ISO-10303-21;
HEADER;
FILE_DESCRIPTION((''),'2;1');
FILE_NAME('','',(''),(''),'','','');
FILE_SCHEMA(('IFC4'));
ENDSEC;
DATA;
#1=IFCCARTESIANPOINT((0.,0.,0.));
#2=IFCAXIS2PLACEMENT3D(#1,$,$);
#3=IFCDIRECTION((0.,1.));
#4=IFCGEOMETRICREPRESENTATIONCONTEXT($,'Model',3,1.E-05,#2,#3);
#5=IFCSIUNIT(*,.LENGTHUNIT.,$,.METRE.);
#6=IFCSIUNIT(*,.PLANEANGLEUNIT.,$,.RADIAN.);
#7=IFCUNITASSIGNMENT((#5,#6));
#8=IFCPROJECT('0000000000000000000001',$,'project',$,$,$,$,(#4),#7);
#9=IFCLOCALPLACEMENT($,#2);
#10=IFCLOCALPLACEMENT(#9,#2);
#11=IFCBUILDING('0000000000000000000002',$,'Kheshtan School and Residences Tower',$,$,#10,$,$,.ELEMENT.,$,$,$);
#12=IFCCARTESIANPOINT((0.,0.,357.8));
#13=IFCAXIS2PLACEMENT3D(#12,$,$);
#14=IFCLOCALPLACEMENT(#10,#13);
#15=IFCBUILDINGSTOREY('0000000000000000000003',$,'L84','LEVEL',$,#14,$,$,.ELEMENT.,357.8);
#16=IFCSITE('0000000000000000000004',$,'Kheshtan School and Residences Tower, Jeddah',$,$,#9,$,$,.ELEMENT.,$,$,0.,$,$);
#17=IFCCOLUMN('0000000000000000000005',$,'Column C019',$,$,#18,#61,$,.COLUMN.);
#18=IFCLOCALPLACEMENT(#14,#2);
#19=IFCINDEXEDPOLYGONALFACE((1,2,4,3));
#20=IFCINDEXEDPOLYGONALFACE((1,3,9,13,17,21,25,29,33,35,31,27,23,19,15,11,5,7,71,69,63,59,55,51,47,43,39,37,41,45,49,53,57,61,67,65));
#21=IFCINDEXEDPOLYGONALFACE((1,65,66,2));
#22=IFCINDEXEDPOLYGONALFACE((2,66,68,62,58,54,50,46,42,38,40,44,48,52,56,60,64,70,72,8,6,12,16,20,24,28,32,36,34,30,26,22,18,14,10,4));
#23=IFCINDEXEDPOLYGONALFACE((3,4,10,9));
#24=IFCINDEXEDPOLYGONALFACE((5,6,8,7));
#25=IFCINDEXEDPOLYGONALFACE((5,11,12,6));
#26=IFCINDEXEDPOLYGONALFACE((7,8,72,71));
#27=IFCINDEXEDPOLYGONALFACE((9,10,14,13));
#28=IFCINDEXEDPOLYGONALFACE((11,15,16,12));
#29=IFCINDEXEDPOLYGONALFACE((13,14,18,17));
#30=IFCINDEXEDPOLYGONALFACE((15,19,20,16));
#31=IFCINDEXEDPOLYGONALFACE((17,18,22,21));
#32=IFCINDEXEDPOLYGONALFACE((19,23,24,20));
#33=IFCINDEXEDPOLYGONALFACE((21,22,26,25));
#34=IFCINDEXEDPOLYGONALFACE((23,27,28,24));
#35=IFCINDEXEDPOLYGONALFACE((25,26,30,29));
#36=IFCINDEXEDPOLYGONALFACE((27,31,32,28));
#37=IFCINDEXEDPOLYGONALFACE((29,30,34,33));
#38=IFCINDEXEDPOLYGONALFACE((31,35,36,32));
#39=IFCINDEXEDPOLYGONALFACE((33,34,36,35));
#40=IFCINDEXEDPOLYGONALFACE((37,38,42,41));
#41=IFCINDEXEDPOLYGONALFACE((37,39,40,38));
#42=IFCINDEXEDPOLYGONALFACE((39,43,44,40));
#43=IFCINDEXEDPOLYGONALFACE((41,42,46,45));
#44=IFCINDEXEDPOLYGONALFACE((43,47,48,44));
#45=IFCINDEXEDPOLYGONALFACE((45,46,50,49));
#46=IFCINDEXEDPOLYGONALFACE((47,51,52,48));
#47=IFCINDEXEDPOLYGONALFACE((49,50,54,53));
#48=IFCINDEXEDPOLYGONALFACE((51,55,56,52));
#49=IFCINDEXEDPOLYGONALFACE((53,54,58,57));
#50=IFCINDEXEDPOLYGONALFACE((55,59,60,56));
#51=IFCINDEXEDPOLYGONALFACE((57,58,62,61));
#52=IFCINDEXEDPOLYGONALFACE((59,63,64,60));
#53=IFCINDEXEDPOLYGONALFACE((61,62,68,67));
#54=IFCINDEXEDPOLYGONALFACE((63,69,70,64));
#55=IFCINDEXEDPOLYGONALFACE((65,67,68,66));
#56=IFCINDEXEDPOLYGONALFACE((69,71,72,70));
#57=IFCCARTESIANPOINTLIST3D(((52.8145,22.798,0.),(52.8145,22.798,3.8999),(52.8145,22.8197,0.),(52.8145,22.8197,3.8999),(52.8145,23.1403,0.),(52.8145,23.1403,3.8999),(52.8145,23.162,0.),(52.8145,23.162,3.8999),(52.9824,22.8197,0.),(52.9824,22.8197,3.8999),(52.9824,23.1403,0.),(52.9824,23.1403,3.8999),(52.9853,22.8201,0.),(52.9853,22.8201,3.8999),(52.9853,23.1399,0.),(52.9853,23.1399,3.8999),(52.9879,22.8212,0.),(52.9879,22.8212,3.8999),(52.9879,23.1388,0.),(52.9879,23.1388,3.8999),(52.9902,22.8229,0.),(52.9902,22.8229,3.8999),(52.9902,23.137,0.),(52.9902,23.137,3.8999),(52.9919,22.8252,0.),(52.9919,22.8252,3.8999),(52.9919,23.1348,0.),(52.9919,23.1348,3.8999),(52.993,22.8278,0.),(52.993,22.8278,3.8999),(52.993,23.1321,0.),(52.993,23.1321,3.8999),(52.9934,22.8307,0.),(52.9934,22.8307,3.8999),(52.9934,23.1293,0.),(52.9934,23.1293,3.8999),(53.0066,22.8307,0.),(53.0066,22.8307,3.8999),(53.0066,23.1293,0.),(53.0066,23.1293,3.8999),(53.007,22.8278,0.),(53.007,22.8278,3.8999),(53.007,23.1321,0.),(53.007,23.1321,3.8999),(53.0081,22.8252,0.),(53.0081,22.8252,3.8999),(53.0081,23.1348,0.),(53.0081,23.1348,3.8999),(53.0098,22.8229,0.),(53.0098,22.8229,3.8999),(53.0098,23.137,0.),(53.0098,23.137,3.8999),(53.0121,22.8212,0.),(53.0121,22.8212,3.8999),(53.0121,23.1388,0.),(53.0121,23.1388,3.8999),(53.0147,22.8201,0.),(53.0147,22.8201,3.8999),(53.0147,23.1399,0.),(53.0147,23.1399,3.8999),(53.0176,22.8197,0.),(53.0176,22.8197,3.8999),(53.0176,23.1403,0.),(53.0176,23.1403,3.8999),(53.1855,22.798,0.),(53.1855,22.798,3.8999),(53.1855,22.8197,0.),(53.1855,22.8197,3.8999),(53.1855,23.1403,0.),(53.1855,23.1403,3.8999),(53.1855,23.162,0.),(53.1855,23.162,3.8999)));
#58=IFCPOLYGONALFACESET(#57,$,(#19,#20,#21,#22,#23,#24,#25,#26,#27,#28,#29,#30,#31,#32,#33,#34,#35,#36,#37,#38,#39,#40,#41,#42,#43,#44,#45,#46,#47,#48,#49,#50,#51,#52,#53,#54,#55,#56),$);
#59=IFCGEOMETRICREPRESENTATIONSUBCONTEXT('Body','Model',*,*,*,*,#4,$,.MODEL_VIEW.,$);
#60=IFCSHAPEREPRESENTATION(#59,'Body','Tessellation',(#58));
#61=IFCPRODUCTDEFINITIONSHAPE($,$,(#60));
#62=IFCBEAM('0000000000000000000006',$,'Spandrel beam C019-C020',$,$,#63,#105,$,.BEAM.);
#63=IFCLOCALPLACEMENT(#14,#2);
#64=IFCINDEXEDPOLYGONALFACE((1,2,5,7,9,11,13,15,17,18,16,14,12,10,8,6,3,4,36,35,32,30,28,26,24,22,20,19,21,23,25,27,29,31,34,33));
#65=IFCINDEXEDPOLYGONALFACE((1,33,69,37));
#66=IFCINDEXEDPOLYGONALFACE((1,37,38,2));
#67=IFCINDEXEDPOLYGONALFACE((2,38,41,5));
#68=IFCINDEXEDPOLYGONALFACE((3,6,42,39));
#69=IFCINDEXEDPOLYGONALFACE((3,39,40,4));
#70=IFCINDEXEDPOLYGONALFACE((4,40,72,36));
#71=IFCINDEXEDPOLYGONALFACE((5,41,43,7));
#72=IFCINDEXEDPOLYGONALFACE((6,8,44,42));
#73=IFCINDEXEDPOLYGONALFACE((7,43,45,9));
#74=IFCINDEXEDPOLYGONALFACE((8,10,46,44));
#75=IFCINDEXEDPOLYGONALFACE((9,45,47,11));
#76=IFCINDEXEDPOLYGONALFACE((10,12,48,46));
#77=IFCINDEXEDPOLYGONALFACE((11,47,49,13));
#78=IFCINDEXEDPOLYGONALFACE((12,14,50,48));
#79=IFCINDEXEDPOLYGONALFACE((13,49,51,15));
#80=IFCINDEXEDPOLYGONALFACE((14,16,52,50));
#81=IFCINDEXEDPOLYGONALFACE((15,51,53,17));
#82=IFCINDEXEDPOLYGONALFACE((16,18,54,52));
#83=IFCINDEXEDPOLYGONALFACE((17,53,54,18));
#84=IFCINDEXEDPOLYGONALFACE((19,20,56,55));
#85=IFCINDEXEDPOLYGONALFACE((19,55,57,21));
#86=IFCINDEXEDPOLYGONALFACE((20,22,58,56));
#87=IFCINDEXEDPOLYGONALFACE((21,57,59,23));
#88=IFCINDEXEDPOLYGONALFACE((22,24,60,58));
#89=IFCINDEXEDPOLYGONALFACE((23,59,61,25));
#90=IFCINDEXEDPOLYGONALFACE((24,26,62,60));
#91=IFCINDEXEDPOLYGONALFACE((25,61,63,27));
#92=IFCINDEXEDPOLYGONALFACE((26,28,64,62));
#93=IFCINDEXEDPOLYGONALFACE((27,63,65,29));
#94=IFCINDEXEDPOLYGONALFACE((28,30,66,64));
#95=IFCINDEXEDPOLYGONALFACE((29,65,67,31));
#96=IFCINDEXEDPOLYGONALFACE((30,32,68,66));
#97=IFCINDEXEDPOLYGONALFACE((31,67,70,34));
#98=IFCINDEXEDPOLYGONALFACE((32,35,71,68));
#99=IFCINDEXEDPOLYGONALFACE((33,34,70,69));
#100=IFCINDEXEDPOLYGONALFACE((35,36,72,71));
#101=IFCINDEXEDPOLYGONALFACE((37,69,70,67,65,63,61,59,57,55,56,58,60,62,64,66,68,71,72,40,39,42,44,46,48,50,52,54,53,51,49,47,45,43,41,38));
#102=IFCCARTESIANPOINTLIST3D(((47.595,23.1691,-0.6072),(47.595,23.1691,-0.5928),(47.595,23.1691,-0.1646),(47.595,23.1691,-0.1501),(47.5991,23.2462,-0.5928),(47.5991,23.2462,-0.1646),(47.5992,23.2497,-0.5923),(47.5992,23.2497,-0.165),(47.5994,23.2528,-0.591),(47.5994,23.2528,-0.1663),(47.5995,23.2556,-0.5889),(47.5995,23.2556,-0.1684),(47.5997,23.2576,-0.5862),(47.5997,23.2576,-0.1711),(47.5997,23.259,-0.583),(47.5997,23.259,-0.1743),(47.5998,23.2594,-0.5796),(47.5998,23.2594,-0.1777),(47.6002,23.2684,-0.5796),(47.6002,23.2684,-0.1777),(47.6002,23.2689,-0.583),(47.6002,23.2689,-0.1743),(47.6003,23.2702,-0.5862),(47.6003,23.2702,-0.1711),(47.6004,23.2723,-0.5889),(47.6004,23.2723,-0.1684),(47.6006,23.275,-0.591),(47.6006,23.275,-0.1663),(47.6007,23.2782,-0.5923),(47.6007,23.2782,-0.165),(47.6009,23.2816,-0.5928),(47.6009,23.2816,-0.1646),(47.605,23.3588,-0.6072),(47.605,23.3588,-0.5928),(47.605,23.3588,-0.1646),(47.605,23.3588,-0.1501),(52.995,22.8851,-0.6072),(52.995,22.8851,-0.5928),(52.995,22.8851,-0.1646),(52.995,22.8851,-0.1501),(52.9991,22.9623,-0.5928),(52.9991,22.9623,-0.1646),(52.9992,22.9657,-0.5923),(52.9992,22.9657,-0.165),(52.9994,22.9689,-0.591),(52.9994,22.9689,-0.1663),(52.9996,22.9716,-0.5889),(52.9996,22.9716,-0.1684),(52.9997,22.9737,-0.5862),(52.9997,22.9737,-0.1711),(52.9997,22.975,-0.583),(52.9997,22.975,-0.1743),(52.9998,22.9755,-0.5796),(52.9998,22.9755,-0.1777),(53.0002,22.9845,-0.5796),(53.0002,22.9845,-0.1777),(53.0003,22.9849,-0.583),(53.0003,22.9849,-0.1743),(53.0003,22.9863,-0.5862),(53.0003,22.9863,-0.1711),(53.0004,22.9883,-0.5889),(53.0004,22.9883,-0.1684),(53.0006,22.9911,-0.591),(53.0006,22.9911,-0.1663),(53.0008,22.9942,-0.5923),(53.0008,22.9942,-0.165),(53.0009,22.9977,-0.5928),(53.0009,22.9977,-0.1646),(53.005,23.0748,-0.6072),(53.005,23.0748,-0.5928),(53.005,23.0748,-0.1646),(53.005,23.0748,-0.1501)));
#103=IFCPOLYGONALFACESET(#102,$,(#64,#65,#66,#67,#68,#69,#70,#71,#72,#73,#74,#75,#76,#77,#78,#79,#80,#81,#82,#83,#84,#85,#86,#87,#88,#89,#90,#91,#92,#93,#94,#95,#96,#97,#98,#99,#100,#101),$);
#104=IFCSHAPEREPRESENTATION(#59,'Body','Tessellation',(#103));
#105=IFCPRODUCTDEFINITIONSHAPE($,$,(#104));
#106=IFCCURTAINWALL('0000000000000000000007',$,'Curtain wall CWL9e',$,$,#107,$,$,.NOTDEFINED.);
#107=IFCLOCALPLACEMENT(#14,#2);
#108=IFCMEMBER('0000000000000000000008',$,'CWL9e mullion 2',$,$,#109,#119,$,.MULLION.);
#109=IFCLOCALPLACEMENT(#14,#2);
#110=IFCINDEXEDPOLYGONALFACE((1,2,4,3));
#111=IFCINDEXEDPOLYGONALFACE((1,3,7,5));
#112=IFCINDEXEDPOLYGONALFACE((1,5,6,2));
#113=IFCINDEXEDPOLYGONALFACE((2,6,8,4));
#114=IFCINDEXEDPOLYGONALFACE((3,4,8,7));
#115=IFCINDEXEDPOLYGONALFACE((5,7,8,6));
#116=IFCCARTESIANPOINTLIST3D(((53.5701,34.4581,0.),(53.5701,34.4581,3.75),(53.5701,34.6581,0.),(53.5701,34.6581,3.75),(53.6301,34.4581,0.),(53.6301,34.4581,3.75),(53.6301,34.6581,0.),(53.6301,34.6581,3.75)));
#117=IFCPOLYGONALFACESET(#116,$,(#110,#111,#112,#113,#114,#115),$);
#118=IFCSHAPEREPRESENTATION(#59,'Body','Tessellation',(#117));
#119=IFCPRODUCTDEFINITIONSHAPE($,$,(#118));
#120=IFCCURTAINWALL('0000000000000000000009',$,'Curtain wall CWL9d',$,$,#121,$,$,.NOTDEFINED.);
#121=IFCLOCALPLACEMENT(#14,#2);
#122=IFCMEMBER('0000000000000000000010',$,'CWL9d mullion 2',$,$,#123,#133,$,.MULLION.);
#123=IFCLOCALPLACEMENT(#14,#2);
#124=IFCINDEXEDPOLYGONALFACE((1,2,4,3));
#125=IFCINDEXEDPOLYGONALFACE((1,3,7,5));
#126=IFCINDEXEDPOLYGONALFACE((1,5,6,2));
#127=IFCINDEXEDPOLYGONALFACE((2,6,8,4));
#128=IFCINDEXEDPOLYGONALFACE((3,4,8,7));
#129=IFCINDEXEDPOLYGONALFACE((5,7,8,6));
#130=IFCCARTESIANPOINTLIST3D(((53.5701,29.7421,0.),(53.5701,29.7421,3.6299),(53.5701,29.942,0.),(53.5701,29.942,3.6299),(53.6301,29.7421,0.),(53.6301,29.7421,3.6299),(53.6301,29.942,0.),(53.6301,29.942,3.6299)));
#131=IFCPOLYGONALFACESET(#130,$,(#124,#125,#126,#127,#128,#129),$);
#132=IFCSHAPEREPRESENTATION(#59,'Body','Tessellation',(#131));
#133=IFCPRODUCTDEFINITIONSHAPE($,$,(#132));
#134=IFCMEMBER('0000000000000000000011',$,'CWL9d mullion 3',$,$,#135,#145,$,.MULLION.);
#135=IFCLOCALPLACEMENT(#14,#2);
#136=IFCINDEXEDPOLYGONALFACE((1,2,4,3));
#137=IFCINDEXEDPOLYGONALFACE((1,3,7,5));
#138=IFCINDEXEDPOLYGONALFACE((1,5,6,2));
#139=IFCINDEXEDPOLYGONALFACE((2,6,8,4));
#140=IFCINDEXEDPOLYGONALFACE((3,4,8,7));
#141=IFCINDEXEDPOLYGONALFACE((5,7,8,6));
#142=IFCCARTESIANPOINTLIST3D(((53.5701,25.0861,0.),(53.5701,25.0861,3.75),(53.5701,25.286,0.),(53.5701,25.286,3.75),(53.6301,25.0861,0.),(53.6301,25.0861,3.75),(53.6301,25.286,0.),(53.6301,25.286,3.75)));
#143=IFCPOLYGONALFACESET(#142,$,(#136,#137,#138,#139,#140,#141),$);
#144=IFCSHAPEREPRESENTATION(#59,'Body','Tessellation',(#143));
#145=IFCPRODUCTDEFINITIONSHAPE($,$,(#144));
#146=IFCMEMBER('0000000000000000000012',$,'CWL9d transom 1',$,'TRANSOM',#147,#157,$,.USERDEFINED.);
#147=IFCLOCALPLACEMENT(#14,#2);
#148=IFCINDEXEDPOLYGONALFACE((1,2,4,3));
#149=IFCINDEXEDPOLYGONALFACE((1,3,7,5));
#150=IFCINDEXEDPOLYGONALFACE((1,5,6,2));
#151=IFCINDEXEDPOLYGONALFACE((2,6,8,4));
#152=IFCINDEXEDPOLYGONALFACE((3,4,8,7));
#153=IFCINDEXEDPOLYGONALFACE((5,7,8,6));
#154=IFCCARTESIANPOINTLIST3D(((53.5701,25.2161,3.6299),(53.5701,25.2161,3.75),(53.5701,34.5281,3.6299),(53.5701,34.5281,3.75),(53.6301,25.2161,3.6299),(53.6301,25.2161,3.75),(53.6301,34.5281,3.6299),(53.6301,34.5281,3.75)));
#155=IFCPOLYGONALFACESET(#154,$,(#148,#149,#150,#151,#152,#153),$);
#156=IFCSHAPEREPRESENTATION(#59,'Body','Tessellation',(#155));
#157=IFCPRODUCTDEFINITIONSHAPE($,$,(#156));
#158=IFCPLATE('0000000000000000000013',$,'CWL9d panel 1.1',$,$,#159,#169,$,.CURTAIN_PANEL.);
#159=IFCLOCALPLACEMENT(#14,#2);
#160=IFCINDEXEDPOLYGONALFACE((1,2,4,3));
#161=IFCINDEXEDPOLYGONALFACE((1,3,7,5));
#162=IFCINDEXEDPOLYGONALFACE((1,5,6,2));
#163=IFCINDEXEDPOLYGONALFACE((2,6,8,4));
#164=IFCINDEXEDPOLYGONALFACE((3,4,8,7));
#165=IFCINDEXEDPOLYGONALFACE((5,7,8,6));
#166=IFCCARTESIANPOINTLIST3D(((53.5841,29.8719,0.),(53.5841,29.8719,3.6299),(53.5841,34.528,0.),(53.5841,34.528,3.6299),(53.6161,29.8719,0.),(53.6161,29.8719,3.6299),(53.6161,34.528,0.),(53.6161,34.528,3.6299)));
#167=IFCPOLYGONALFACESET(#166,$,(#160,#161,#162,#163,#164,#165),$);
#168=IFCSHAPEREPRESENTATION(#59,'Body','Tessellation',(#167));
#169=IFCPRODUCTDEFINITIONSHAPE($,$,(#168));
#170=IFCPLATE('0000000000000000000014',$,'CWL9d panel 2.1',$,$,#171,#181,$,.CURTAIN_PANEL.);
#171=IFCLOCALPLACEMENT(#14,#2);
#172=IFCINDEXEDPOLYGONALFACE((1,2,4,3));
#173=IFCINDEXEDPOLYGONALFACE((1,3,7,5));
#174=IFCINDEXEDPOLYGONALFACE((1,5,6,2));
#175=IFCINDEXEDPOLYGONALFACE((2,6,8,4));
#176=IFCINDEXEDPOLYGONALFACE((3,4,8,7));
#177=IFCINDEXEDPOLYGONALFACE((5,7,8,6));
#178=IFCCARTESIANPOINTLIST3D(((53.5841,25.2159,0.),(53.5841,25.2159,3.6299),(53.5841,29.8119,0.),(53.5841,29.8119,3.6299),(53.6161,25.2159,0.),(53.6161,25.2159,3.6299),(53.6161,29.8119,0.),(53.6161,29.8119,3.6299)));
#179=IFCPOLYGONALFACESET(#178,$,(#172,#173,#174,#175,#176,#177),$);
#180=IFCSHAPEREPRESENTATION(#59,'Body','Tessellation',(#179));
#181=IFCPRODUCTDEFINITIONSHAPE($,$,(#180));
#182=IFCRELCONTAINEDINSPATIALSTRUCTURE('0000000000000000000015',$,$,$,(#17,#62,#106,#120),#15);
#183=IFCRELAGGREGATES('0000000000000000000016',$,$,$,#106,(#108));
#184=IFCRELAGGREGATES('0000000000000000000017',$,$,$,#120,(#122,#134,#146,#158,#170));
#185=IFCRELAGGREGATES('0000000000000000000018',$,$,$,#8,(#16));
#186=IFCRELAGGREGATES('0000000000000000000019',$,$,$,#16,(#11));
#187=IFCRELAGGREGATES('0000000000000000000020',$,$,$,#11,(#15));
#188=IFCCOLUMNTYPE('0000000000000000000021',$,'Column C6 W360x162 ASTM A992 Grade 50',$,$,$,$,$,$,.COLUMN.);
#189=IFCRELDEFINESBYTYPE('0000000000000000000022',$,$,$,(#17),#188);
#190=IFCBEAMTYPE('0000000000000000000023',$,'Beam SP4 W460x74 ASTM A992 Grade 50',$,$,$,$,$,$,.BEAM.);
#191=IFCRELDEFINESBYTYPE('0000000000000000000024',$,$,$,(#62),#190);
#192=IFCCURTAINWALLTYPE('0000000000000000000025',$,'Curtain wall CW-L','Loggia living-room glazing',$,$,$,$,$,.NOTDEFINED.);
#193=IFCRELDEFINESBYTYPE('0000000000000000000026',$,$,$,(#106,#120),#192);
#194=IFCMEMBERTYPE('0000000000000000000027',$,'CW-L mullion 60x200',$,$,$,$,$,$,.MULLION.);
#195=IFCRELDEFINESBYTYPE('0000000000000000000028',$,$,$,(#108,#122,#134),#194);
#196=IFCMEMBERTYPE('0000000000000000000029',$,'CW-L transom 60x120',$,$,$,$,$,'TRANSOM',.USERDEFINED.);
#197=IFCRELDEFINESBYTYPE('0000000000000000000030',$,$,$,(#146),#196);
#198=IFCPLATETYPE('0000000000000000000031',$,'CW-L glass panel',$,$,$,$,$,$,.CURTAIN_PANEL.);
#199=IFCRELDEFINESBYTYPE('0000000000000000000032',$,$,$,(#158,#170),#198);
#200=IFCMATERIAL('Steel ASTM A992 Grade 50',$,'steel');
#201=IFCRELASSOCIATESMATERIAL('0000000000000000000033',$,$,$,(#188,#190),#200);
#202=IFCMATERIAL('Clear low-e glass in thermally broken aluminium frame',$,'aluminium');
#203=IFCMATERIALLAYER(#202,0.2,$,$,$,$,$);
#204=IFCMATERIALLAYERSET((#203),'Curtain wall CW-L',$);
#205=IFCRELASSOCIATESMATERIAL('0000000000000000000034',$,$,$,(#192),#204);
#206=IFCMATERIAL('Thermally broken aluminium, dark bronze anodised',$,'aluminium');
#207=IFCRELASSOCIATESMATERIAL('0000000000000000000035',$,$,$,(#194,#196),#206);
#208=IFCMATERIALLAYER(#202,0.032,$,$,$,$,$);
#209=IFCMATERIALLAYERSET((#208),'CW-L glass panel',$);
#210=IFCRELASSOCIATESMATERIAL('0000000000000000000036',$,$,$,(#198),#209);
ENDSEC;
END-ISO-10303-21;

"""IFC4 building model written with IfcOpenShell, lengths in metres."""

from ifc_helpers import new_model, si_unit, direction, frame, origin, origin_2d, place, context, subcontext, project, spatial, rectangle, i_section, extrude, material, layer, layer_set, material_profile, profile_set, type_object, element, aggregate, save


model = new_model("IFC4")

# Units and contexts
model_context = context("Model", 3, precision=1e-05, world=origin(), true_north=direction((0.0, 1.0)))
body_context = subcontext(model_context, "Body", "Model", "MODEL_VIEW")
ifc_project = project(units=[si_unit("LENGTHUNIT", "METRE"), si_unit("PLANEANGLEUNIT", "RADIAN")], contexts=[model_context])

# Site, building, storey
site_placement = place(None, origin())
site = spatial("IfcSite", under=ifc_project, at=site_placement, Name="Kheshtan School and Residences Tower, Jeddah", CompositionType="ELEMENT", RefElevation=0.0)
building_placement = place(site_placement, origin())
building = spatial("IfcBuilding", under=site, at=building_placement, Name="Kheshtan School and Residences Tower", CompositionType="ELEMENT")
storey_placement = place(building_placement, frame((0.0, 0.0, 357.8)))
storey = spatial("IfcBuildingStorey", under=building, at=storey_placement, Name="L84", Description="LEVEL", CompositionType="ELEMENT", Elevation=357.8)

# Column
ifc_material_1 = material(Name="Steel ASTM A992 Grade 50", Category="steel")
ifc_material_profile_1 = material_profile(ifc_material_1, i_section(OverallWidth=0.3711, OverallDepth=0.364, WebThickness=0.0132, FlangeThickness=0.0217, FilletRadius=0.011, at=origin_2d()), Name="W360x162")
ifc_profile_set_1 = profile_set([ifc_material_profile_1], Name="Steel ASTM A992 Grade 50")
column_type = type_object("IfcColumnType", Name="Column C6 W360x162 ASTM A992 Grade 50", PredefinedType="COLUMN", material=ifc_profile_set_1)
column_placement = place(storey_placement, frame((53.0, 22.98, 0.0), z_axis=(0.0, 0.0, 1.0), x_axis=(1.0, 0.0, 0.0)))
element("IfcColumn", 1, at=column_placement, inside=storey, type_object=column_type, Name="Column C019", PredefinedType="COLUMN", context=body_context, shape_type="SweptSolid", body=[
    extrude(i_section(OverallWidth=0.3711, OverallDepth=0.364, WebThickness=0.0132, FlangeThickness=0.0217, FilletRadius=0.011, at=origin_2d()), origin(), (0.0, 0.0, 1.0), 3.8999),
])

# Beam
ifc_material_profile_2 = material_profile(ifc_material_1, i_section(OverallWidth=0.1899, OverallDepth=0.457, WebThickness=0.009, FlangeThickness=0.0144, FilletRadius=0.0132, at=origin_2d()), Name="W460x74")
ifc_profile_set_2 = profile_set([ifc_material_profile_2], Name="Steel ASTM A992 Grade 50")
beam_type = type_object("IfcBeamType", Name="Beam SP4 W460x74 ASTM A992 Grade 50", PredefinedType="BEAM", material=ifc_profile_set_2)
beam_placement = place(storey_placement, frame((53.0, 22.98, -0.3787), z_axis=(-0.99862, 0.052509, 0.0), x_axis=(-0.052509, -0.99862, 0.0)))
element("IfcBeam", 2, at=beam_placement, inside=storey, type_object=beam_type, Name="Spandrel beam C019-C020", PredefinedType="BEAM", context=body_context, shape_type="SweptSolid", body=[
    extrude(i_section(OverallWidth=0.1899, OverallDepth=0.457, WebThickness=0.009, FlangeThickness=0.0144, FilletRadius=0.0132, at=origin_2d()), origin(), (0.0, 0.0, 1.0), 5.4075),
])

# Curtain wall, member
ifc_material_2 = material(Name="Clear low-e glass in thermally broken aluminium frame", Category="aluminium")
ifc_layer_1 = layer(ifc_material_2, 0.2)
ifc_layer_set_1 = layer_set([ifc_layer_1], Name="Curtain wall CW-L")
curtain_wall_type = type_object("IfcCurtainWallType", Name="Curtain wall CW-L", Description="Loggia living-room glazing", PredefinedType="NOTDEFINED", material=ifc_layer_set_1)
curtain_wall_1_placement = place(storey_placement, origin())
curtain_wall_1 = element("IfcCurtainWall", 3, at=curtain_wall_1_placement, inside=storey, type_object=curtain_wall_type, Name="Curtain wall CWL9e", PredefinedType="NOTDEFINED")
ifc_material_3 = material(Name="Thermally broken aluminium, dark bronze anodised", Category="aluminium")
ifc_material_profile_3 = material_profile(ifc_material_3, rectangle(XDim=0.0601, YDim=0.2, at=origin_2d()), Name="CW-L mullion 60x200")
ifc_profile_set_3 = profile_set([ifc_material_profile_3], Name="Thermally broken aluminium, dark bronze anodised")
member_type_1 = type_object("IfcMemberType", Name="CW-L mullion 60x200", PredefinedType="MULLION", material=ifc_profile_set_3)
member_1_placement = place(storey_placement, frame((53.6001, 34.5581, 0.0), z_axis=(0.0, 0.0, 1.0), x_axis=(1.0, 0.0, 0.0)))
member_1 = element("IfcMember", 4, at=member_1_placement, type_object=member_type_1, Name="CWL9e mullion 2", PredefinedType="MULLION", context=body_context, shape_type="SweptSolid", body=[
    extrude(rectangle(XDim=0.0601, YDim=0.2, at=origin_2d()), origin(), (0.0, 0.0, 1.0), 3.75),
])
aggregate(curtain_wall_1, [member_1])

# Curtain wall, members, plates
curtain_wall_2_placement = place(storey_placement, origin())
curtain_wall_2 = element("IfcCurtainWall", 5, at=curtain_wall_2_placement, inside=storey, type_object=curtain_wall_type, Name="Curtain wall CWL9d", PredefinedType="NOTDEFINED")
member_2_placement = place(storey_placement, frame((53.6001, 29.842, 0.0), z_axis=(0.0, 0.0, 1.0), x_axis=(1.0, 0.0, 0.0)))
member_2 = element("IfcMember", 6, at=member_2_placement, type_object=member_type_1, Name="CWL9d mullion 2", PredefinedType="MULLION", context=body_context, shape_type="SweptSolid", body=[
    extrude(rectangle(XDim=0.0601, YDim=0.2, at=origin_2d()), origin(), (0.0, 0.0, 1.0), 3.6299),
])
member_3_placement = place(storey_placement, frame((53.6001, 25.186, 0.0), z_axis=(0.0, 0.0, 1.0), x_axis=(1.0, 0.0, 0.0)))
member_3 = element("IfcMember", 7, at=member_3_placement, type_object=member_type_1, Name="CWL9d mullion 3", PredefinedType="MULLION", context=body_context, shape_type="SweptSolid", body=[
    extrude(rectangle(XDim=0.0601, YDim=0.2, at=origin_2d()), origin(), (0.0, 0.0, 1.0), 3.75),
])
ifc_material_profile_4 = material_profile(ifc_material_3, rectangle(XDim=0.0601, YDim=0.1201, at=origin_2d()), Name="CW-L transom 60x120")
ifc_profile_set_4 = profile_set([ifc_material_profile_4], Name="Thermally broken aluminium, dark bronze anodised")
member_type_2 = type_object("IfcMemberType", Name="CW-L transom 60x120", ElementType="TRANSOM", PredefinedType="USERDEFINED", material=ifc_profile_set_4)
member_4_placement = place(storey_placement, frame((53.6001, 34.5281, 3.6899), z_axis=(0.0, -1.0, 0.0), x_axis=(1.0, 0.0, 0.0)))
member_4 = element("IfcMember", 8, at=member_4_placement, type_object=member_type_2, Name="CWL9d transom 1", ObjectType="TRANSOM", PredefinedType="USERDEFINED", context=body_context, shape_type="SweptSolid", body=[
    extrude(rectangle(XDim=0.0601, YDim=0.1201, at=origin_2d()), origin(), (0.0, 0.0, 1.0), 9.312),
])
ifc_layer_2 = layer(ifc_material_2, 0.032)
ifc_layer_set_2 = layer_set([ifc_layer_2], Name="CW-L glass panel")
plate_type = type_object("IfcPlateType", Name="CW-L glass panel", PredefinedType="CURTAIN_PANEL", material=ifc_layer_set_2)
plate_1_placement = place(storey_placement, frame((53.6001, 32.2, 0.0), z_axis=(0.0, 0.0, 1.0), x_axis=(0.0, -1.0, 0.0)))
plate_1 = element("IfcPlate", 9, at=plate_1_placement, type_object=plate_type, Name="CWL9d panel 1.1", PredefinedType="CURTAIN_PANEL", context=body_context, shape_type="SweptSolid", body=[
    extrude(rectangle(XDim=4.656, YDim=0.032, at=origin_2d()), origin(), (0.0, 0.0, 1.0), 3.6299),
])
plate_2_placement = place(storey_placement, frame((53.6001, 27.5139, 0.0), z_axis=(0.0, 0.0, 1.0), x_axis=(0.0, -1.0, 0.0)))
plate_2 = element("IfcPlate", 10, at=plate_2_placement, type_object=plate_type, Name="CWL9d panel 2.1", PredefinedType="CURTAIN_PANEL", context=body_context, shape_type="SweptSolid", body=[
    extrude(rectangle(XDim=4.5959, YDim=0.032, at=origin_2d()), origin(), (0.0, 0.0, 1.0), 3.6299),
])
aggregate(curtain_wall_2, [member_2, member_3, member_4, plate_1, plate_2])

save(model, "model.ifc")
